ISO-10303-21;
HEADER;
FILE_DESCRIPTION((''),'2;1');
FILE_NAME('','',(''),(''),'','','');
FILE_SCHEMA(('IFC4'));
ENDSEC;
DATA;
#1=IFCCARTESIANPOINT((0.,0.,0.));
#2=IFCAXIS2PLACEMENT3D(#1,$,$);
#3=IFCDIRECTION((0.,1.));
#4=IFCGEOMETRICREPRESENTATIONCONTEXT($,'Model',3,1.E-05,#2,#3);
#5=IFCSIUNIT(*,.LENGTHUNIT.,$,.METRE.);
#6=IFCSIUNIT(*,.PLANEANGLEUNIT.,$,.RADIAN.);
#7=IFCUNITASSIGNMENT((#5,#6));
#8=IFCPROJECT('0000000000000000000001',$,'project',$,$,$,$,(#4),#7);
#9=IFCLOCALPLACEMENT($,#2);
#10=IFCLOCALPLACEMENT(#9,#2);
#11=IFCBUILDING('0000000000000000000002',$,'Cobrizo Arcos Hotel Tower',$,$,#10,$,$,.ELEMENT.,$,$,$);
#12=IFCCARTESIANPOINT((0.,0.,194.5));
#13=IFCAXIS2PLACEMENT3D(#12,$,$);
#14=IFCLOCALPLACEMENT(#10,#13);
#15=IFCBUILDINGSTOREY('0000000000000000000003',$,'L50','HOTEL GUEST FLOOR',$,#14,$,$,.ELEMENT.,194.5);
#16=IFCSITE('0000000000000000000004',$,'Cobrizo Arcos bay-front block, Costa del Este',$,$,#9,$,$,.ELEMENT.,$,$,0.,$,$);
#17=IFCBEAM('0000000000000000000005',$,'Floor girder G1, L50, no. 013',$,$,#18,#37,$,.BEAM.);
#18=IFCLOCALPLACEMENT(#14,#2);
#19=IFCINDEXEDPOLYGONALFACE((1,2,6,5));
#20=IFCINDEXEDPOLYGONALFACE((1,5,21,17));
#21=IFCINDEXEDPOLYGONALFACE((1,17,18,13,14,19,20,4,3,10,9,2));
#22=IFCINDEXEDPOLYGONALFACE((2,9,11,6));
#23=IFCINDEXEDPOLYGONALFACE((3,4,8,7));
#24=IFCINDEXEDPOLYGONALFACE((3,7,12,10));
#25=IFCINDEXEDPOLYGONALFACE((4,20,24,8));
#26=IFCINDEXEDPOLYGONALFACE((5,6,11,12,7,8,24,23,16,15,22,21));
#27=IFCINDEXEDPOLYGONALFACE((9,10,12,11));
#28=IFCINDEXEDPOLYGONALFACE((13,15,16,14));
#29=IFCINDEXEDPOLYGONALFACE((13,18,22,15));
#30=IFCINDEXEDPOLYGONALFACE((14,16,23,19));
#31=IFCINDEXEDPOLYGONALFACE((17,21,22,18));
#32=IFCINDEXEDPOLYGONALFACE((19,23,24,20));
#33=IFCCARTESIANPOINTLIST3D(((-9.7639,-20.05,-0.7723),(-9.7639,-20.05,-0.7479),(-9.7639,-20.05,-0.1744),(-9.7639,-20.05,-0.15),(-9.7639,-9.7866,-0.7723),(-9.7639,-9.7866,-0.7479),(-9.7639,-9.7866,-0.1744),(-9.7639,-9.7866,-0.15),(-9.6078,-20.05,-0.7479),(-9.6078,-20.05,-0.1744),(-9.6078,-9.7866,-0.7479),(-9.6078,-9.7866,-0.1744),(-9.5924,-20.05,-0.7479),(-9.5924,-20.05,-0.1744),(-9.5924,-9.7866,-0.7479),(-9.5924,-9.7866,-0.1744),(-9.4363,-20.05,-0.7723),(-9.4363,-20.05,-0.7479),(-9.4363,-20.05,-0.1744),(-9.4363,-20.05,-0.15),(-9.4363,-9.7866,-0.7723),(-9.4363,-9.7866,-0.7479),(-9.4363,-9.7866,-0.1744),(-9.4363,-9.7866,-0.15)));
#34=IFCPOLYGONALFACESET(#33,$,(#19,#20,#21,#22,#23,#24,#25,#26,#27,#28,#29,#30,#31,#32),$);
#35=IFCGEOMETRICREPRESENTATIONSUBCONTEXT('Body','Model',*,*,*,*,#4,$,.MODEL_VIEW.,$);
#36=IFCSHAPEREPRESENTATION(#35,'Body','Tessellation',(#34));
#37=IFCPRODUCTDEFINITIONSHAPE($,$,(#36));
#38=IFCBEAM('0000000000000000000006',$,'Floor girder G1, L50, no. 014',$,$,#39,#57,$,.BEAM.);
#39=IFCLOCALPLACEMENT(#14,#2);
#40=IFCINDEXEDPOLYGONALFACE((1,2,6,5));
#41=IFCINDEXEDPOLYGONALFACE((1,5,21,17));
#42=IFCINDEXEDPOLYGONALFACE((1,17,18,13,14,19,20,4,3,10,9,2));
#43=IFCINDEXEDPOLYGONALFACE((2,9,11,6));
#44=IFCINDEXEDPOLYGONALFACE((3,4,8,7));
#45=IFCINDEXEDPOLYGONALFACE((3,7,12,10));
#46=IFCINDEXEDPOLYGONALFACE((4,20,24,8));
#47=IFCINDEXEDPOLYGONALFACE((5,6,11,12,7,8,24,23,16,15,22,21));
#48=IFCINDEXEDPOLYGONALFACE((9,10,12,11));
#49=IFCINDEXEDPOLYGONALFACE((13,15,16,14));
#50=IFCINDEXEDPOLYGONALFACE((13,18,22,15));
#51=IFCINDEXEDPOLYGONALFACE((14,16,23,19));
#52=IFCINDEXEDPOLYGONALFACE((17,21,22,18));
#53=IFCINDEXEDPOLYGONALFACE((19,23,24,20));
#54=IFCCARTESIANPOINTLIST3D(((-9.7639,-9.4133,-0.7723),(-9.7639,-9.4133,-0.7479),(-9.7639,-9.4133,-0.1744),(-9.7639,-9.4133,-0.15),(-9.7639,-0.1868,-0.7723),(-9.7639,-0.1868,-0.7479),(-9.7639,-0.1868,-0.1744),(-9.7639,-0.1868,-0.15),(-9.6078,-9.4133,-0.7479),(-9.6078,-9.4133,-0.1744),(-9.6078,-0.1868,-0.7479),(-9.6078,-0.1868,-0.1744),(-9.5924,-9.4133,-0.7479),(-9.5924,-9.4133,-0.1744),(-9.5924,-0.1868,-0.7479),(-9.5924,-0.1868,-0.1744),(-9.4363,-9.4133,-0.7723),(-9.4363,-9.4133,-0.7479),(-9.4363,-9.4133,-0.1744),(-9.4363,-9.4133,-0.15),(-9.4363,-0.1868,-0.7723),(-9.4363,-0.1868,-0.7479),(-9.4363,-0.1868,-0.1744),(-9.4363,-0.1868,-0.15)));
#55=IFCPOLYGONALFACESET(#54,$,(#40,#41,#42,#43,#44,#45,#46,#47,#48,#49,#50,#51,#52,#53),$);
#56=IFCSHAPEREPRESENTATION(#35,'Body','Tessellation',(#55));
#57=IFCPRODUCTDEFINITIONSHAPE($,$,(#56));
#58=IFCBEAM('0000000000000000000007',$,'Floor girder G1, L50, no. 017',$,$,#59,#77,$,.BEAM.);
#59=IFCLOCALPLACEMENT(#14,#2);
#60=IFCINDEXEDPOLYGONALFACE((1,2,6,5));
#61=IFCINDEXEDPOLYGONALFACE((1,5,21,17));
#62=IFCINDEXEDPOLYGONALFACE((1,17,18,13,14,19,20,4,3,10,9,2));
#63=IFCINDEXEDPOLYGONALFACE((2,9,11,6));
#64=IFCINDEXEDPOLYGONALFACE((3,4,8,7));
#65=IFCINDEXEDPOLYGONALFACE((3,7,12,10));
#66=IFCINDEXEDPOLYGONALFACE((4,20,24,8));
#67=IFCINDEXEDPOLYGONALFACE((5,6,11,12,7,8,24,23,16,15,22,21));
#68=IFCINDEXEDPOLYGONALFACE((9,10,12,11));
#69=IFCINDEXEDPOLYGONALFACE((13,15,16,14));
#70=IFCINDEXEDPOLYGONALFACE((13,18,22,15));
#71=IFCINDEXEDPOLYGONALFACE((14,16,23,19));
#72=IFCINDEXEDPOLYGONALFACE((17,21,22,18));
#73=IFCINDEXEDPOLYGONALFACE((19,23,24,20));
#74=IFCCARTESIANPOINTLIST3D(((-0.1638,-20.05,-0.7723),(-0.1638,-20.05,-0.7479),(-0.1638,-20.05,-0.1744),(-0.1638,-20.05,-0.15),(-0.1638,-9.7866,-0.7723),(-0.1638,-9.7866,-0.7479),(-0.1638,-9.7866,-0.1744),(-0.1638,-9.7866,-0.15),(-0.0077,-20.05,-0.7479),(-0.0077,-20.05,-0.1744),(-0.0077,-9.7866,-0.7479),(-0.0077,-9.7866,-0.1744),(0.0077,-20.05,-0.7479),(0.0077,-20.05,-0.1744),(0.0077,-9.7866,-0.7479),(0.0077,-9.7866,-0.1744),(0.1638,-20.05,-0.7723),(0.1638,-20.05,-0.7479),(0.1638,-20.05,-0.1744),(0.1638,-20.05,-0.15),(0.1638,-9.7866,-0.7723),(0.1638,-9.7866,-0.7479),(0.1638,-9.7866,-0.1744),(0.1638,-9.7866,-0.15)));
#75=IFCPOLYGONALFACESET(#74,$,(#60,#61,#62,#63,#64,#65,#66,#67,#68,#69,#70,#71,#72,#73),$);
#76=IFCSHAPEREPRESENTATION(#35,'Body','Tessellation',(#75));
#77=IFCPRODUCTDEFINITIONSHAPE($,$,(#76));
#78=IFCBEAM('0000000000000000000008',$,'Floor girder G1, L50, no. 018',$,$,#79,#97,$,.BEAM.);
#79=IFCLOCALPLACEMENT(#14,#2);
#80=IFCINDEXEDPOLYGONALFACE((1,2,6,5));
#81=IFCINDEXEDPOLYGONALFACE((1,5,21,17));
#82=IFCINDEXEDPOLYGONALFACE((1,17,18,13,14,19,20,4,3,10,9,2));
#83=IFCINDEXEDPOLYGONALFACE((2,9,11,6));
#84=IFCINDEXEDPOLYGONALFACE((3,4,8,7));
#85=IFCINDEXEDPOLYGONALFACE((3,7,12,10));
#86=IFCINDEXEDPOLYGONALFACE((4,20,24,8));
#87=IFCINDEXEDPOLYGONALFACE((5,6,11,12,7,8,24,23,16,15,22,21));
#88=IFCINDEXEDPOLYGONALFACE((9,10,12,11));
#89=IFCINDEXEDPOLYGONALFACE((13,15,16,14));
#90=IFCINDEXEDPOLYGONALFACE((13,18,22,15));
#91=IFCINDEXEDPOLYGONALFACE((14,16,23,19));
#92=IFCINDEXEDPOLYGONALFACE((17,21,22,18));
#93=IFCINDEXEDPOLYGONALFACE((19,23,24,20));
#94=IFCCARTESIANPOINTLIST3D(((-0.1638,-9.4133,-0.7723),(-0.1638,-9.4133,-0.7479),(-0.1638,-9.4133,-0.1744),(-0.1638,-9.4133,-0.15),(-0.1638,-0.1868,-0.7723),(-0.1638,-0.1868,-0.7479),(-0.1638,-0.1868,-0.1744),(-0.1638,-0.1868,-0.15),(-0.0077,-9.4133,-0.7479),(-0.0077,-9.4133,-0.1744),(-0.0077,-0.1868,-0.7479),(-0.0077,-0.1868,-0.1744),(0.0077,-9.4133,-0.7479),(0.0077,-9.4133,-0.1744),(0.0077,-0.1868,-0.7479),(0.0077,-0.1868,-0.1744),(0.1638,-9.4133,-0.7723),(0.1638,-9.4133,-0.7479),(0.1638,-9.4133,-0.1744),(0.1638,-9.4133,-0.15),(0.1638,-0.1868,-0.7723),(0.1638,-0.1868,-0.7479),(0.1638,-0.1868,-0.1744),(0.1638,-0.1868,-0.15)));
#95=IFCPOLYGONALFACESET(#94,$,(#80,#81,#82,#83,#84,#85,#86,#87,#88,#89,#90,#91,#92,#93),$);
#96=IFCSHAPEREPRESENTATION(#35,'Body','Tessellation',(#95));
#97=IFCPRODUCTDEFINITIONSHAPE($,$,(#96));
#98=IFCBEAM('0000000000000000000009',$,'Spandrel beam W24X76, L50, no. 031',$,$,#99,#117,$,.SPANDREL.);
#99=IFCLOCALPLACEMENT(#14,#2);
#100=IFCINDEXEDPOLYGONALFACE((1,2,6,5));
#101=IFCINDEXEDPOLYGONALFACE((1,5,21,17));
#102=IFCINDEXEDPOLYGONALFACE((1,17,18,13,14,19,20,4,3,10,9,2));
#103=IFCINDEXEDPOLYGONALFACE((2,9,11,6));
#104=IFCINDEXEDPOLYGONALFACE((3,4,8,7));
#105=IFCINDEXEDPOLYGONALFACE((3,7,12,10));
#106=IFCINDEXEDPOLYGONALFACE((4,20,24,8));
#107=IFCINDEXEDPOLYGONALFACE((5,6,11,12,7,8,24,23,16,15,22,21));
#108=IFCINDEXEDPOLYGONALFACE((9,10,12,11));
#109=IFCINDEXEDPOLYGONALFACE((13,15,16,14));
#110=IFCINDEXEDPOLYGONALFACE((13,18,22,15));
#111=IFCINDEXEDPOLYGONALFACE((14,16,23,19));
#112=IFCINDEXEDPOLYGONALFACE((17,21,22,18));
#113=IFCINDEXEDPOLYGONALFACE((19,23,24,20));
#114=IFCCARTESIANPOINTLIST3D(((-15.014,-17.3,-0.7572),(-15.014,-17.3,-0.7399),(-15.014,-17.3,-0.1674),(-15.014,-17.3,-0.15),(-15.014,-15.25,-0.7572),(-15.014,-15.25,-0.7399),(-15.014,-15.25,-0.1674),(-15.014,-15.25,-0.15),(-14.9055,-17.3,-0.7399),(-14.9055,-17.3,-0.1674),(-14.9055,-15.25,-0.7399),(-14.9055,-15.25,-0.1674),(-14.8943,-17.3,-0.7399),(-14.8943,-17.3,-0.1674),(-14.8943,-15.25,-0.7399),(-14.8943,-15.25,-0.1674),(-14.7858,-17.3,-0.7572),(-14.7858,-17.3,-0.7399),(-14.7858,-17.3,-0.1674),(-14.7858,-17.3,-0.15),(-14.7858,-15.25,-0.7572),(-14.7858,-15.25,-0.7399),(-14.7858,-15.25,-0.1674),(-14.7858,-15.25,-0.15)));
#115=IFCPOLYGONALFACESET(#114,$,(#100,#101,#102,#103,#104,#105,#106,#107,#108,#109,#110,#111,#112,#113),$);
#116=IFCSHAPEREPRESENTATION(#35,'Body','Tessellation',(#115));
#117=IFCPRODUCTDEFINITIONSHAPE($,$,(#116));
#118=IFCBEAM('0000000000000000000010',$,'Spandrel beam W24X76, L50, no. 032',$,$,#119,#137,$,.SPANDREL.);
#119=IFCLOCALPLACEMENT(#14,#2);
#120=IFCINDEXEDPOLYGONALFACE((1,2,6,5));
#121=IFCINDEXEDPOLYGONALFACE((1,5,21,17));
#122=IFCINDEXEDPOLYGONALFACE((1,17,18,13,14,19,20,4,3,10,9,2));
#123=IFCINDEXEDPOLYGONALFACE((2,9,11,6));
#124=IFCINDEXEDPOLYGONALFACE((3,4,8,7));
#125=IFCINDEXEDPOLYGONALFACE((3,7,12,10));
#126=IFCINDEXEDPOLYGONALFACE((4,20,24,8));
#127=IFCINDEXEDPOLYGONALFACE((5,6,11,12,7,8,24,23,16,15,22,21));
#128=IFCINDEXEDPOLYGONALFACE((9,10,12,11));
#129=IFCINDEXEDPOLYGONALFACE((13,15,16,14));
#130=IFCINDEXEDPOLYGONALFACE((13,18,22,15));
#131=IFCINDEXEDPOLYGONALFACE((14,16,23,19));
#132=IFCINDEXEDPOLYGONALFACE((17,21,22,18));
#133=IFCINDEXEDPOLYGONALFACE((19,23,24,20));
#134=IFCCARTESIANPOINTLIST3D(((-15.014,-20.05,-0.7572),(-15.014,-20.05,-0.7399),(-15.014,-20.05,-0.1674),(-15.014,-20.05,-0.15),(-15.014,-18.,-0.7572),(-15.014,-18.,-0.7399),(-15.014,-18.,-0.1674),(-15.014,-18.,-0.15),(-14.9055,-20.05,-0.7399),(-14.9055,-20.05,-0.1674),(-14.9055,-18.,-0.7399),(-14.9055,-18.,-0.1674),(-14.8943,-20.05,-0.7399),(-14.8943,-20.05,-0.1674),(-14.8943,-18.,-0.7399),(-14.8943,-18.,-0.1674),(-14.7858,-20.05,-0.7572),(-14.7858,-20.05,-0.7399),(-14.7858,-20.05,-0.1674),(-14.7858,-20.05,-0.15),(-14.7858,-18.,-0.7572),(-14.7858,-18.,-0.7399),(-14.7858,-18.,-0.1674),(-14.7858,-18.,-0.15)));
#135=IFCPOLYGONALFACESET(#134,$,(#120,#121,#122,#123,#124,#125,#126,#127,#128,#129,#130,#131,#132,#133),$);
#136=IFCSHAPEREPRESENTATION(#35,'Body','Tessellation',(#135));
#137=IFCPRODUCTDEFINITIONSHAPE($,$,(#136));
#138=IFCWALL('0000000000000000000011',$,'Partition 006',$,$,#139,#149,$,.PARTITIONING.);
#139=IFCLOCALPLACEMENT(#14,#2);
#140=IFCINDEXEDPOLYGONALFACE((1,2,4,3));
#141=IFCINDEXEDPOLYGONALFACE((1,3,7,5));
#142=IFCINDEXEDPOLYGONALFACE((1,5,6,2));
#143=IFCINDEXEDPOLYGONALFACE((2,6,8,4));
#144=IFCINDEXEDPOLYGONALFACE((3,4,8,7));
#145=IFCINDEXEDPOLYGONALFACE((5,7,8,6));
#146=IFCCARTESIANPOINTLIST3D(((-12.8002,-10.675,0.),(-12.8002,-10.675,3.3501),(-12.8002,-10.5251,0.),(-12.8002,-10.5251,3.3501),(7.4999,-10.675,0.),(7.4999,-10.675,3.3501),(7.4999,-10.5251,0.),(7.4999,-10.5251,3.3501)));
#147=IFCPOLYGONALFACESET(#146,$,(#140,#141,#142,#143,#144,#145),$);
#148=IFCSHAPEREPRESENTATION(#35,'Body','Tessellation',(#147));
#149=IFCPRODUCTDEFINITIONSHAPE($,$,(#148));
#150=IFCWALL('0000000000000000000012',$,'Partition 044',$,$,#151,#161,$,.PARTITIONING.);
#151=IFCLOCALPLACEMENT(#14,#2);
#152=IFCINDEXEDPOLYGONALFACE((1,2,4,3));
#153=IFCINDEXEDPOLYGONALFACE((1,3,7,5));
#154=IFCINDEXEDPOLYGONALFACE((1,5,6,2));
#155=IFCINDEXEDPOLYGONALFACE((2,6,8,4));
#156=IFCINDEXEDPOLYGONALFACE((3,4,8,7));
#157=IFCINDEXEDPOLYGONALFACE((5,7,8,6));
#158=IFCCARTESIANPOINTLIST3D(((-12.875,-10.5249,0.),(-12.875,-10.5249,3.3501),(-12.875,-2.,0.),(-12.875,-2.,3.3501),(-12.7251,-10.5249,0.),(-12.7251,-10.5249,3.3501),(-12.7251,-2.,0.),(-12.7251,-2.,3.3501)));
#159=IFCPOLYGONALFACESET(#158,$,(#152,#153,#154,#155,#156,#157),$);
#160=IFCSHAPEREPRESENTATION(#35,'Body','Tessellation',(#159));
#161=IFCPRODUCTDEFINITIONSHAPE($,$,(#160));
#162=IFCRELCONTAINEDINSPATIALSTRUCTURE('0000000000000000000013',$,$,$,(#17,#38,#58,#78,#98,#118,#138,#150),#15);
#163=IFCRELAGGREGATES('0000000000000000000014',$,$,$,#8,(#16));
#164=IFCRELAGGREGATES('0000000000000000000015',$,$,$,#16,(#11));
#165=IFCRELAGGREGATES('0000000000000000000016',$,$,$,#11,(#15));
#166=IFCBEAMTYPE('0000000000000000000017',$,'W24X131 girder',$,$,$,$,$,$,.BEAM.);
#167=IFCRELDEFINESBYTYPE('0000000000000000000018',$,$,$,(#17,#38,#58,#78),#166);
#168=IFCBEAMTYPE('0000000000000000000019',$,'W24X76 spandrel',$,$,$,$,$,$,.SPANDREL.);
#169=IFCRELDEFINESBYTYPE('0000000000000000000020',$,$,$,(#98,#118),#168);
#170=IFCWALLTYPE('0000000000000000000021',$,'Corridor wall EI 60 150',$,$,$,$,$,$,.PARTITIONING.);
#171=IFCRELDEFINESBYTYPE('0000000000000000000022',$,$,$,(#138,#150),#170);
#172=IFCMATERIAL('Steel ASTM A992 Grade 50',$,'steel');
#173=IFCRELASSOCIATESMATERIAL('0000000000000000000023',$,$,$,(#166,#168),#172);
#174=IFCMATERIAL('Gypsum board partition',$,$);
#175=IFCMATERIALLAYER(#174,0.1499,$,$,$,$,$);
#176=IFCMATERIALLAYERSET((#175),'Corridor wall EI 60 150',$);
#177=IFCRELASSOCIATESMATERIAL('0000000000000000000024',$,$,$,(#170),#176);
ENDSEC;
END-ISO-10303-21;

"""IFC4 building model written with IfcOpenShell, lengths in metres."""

from ifc_helpers import new_model, si_unit, direction, frame, frame_2d, origin, origin_2d, place, context, subcontext, project, spatial, rectangle, i_section, extrude, material, layer, layer_set, material_profile, profile_set, type_object, element, save


model = new_model("IFC4")

# Units and contexts
model_context = context("Model", 3, precision=1e-05, world=origin(), true_north=direction((0.0, 1.0)))
body_context = subcontext(model_context, "Body", "Model", "MODEL_VIEW")
ifc_project = project(units=[si_unit("LENGTHUNIT", "METRE"), si_unit("PLANEANGLEUNIT", "RADIAN")], contexts=[model_context])

# Site, building, storey
site_placement = place(None, origin())
site = spatial("IfcSite", under=ifc_project, at=site_placement, Name="Cobrizo Arcos bay-front block, Costa del Este", CompositionType="ELEMENT", RefElevation=0.0)
building_placement = place(site_placement, origin())
building = spatial("IfcBuilding", under=site, at=building_placement, Name="Cobrizo Arcos Hotel Tower", CompositionType="ELEMENT")
storey_placement = place(building_placement, frame((0.0, 0.0, 194.5)))
storey = spatial("IfcBuildingStorey", under=building, at=storey_placement, Name="L50", Description="HOTEL GUEST FLOOR", CompositionType="ELEMENT", Elevation=194.5)

# Shared definitions
ifc_material_1 = material(Name="Steel ASTM A992 Grade 50", Category="steel")

# Beams
ifc_material_profile_1 = material_profile(ifc_material_1, i_section(OverallWidth=0.3276, OverallDepth=0.6223, WebThickness=0.0154, FlangeThickness=0.0244, at=origin_2d()), Name="W24X131")
ifc_profile_set_1 = profile_set([ifc_material_profile_1], Name="Steel ASTM A992 Grade 50")
beam_type_1 = type_object("IfcBeamType", Name="W24X131 girder", PredefinedType="BEAM", material=ifc_profile_set_1)
beam_1_placement = place(storey_placement, frame((-9.6001, -20.05, -0.4612), z_axis=(0.0, 1.0, 0.0), x_axis=(-1.0, 0.0, 0.0)))
element("IfcBeam", 1, at=beam_1_placement, inside=storey, type_object=beam_type_1, Name="Floor girder G1, L50, no. 013", PredefinedType="BEAM", context=body_context, shape_type="SweptSolid", body=[
    extrude(i_section(OverallWidth=0.3276, OverallDepth=0.6223, WebThickness=0.0154, FlangeThickness=0.0244, at=origin_2d()), origin(), (0.0, 0.0, 1.0), 10.2634),
])
beam_2_placement = place(storey_placement, frame((-9.6001, -9.4133, -0.4612), z_axis=(0.0, 1.0, 0.0), x_axis=(-1.0, 0.0, 0.0)))
element("IfcBeam", 2, at=beam_2_placement, inside=storey, type_object=beam_type_1, Name="Floor girder G1, L50, no. 014", PredefinedType="BEAM", context=body_context, shape_type="SweptSolid", body=[
    extrude(i_section(OverallWidth=0.3276, OverallDepth=0.6223, WebThickness=0.0154, FlangeThickness=0.0244, at=origin_2d()), origin(), (0.0, 0.0, 1.0), 9.2266),
])
beam_3_placement = place(storey_placement, frame((0.0, -20.05, -0.4612), z_axis=(0.0, 1.0, 0.0), x_axis=(-1.0, 0.0, 0.0)))
element("IfcBeam", 3, at=beam_3_placement, inside=storey, type_object=beam_type_1, Name="Floor girder G1, L50, no. 017", PredefinedType="BEAM", context=body_context, shape_type="SweptSolid", body=[
    extrude(i_section(OverallWidth=0.3276, OverallDepth=0.6223, WebThickness=0.0154, FlangeThickness=0.0244, at=origin_2d()), origin(), (0.0, 0.0, 1.0), 10.2634),
])
beam_4_placement = place(storey_placement, frame((0.0, -9.4133, -0.4612), z_axis=(0.0, 1.0, 0.0), x_axis=(-1.0, 0.0, 0.0)))
element("IfcBeam", 4, at=beam_4_placement, inside=storey, type_object=beam_type_1, Name="Floor girder G1, L50, no. 018", PredefinedType="BEAM", context=body_context, shape_type="SweptSolid", body=[
    extrude(i_section(OverallWidth=0.3276, OverallDepth=0.6223, WebThickness=0.0154, FlangeThickness=0.0244, at=origin_2d()), origin(), (0.0, 0.0, 1.0), 9.2266),
])
ifc_material_profile_2 = material_profile(ifc_material_1, i_section(OverallWidth=0.2283, OverallDepth=0.6072, WebThickness=0.0112, FlangeThickness=0.0173, at=origin_2d()), Name="W24X76")
ifc_profile_set_2 = profile_set([ifc_material_profile_2], Name="Steel ASTM A992 Grade 50")
beam_type_2 = type_object("IfcBeamType", Name="W24X76 spandrel", PredefinedType="SPANDREL", material=ifc_profile_set_2)
for number, where, z_axis, x_axis, name in (
    (5, (-14.8999, -15.25, -0.4536), (0.0, -1.0, 0.0), (1.0, 0.0, 0.0), "Spandrel beam W24X76, L50, no. 031"),
    (6, (-14.8999, -18.0, -0.4536), (0.0, -1.0, 0.0), (1.0, 0.0, 0.0), "Spandrel beam W24X76, L50, no. 032"),
):
    element("IfcBeam", number, at=place(storey_placement, frame(where, z_axis=z_axis, x_axis=x_axis)), inside=storey, type_object=beam_type_2, Name=name, PredefinedType="SPANDREL", context=body_context, shape_type="SweptSolid", body=[
        extrude(i_section(OverallWidth=0.2283, OverallDepth=0.6072, WebThickness=0.0112, FlangeThickness=0.0173, at=origin_2d()), origin(), (0.0, 0.0, 1.0), 2.05),
    ])

# Walls
ifc_material_2 = material(Name="Gypsum board partition")
ifc_layer_1 = layer(ifc_material_2, 0.1499)
ifc_layer_set_1 = layer_set([ifc_layer_1], Name="Corridor wall EI 60 150")
wall_type_1 = type_object("IfcWallType", Name="Corridor wall EI 60 150", PredefinedType="PARTITIONING", material=ifc_layer_set_1)
wall_1_placement = place(storey_placement, frame((-12.8, -10.6001, 0.0), z_axis=(0.0, 0.0, 1.0), x_axis=(1.0, 0.0, 0.0)))
element("IfcWall", 7, at=wall_1_placement, inside=storey, type_object=wall_type_1, Name="Partition 006", PredefinedType="PARTITIONING", context=body_context, shape_type="SweptSolid", body=[
    extrude(rectangle(XDim=20.3, YDim=0.1499, at=frame_2d((10.1499, 0.0))), origin(), (0.0, 0.0, 1.0), 3.3501),
])
wall_2_placement = place(storey_placement, frame((-12.8, -10.5249, 0.0), z_axis=(0.0, 0.0, 1.0), x_axis=(0.0, 1.0, 0.0)))
element("IfcWall", 8, at=wall_2_placement, inside=storey, type_object=wall_type_1, Name="Partition 044", PredefinedType="PARTITIONING", context=body_context, shape_type="SweptSolid", body=[
    extrude(rectangle(XDim=8.5249, YDim=0.1499, at=frame_2d((4.2625, 0.0))), origin(), (0.0, 0.0, 1.0), 3.3501),
])

save(model, "model.ifc")
